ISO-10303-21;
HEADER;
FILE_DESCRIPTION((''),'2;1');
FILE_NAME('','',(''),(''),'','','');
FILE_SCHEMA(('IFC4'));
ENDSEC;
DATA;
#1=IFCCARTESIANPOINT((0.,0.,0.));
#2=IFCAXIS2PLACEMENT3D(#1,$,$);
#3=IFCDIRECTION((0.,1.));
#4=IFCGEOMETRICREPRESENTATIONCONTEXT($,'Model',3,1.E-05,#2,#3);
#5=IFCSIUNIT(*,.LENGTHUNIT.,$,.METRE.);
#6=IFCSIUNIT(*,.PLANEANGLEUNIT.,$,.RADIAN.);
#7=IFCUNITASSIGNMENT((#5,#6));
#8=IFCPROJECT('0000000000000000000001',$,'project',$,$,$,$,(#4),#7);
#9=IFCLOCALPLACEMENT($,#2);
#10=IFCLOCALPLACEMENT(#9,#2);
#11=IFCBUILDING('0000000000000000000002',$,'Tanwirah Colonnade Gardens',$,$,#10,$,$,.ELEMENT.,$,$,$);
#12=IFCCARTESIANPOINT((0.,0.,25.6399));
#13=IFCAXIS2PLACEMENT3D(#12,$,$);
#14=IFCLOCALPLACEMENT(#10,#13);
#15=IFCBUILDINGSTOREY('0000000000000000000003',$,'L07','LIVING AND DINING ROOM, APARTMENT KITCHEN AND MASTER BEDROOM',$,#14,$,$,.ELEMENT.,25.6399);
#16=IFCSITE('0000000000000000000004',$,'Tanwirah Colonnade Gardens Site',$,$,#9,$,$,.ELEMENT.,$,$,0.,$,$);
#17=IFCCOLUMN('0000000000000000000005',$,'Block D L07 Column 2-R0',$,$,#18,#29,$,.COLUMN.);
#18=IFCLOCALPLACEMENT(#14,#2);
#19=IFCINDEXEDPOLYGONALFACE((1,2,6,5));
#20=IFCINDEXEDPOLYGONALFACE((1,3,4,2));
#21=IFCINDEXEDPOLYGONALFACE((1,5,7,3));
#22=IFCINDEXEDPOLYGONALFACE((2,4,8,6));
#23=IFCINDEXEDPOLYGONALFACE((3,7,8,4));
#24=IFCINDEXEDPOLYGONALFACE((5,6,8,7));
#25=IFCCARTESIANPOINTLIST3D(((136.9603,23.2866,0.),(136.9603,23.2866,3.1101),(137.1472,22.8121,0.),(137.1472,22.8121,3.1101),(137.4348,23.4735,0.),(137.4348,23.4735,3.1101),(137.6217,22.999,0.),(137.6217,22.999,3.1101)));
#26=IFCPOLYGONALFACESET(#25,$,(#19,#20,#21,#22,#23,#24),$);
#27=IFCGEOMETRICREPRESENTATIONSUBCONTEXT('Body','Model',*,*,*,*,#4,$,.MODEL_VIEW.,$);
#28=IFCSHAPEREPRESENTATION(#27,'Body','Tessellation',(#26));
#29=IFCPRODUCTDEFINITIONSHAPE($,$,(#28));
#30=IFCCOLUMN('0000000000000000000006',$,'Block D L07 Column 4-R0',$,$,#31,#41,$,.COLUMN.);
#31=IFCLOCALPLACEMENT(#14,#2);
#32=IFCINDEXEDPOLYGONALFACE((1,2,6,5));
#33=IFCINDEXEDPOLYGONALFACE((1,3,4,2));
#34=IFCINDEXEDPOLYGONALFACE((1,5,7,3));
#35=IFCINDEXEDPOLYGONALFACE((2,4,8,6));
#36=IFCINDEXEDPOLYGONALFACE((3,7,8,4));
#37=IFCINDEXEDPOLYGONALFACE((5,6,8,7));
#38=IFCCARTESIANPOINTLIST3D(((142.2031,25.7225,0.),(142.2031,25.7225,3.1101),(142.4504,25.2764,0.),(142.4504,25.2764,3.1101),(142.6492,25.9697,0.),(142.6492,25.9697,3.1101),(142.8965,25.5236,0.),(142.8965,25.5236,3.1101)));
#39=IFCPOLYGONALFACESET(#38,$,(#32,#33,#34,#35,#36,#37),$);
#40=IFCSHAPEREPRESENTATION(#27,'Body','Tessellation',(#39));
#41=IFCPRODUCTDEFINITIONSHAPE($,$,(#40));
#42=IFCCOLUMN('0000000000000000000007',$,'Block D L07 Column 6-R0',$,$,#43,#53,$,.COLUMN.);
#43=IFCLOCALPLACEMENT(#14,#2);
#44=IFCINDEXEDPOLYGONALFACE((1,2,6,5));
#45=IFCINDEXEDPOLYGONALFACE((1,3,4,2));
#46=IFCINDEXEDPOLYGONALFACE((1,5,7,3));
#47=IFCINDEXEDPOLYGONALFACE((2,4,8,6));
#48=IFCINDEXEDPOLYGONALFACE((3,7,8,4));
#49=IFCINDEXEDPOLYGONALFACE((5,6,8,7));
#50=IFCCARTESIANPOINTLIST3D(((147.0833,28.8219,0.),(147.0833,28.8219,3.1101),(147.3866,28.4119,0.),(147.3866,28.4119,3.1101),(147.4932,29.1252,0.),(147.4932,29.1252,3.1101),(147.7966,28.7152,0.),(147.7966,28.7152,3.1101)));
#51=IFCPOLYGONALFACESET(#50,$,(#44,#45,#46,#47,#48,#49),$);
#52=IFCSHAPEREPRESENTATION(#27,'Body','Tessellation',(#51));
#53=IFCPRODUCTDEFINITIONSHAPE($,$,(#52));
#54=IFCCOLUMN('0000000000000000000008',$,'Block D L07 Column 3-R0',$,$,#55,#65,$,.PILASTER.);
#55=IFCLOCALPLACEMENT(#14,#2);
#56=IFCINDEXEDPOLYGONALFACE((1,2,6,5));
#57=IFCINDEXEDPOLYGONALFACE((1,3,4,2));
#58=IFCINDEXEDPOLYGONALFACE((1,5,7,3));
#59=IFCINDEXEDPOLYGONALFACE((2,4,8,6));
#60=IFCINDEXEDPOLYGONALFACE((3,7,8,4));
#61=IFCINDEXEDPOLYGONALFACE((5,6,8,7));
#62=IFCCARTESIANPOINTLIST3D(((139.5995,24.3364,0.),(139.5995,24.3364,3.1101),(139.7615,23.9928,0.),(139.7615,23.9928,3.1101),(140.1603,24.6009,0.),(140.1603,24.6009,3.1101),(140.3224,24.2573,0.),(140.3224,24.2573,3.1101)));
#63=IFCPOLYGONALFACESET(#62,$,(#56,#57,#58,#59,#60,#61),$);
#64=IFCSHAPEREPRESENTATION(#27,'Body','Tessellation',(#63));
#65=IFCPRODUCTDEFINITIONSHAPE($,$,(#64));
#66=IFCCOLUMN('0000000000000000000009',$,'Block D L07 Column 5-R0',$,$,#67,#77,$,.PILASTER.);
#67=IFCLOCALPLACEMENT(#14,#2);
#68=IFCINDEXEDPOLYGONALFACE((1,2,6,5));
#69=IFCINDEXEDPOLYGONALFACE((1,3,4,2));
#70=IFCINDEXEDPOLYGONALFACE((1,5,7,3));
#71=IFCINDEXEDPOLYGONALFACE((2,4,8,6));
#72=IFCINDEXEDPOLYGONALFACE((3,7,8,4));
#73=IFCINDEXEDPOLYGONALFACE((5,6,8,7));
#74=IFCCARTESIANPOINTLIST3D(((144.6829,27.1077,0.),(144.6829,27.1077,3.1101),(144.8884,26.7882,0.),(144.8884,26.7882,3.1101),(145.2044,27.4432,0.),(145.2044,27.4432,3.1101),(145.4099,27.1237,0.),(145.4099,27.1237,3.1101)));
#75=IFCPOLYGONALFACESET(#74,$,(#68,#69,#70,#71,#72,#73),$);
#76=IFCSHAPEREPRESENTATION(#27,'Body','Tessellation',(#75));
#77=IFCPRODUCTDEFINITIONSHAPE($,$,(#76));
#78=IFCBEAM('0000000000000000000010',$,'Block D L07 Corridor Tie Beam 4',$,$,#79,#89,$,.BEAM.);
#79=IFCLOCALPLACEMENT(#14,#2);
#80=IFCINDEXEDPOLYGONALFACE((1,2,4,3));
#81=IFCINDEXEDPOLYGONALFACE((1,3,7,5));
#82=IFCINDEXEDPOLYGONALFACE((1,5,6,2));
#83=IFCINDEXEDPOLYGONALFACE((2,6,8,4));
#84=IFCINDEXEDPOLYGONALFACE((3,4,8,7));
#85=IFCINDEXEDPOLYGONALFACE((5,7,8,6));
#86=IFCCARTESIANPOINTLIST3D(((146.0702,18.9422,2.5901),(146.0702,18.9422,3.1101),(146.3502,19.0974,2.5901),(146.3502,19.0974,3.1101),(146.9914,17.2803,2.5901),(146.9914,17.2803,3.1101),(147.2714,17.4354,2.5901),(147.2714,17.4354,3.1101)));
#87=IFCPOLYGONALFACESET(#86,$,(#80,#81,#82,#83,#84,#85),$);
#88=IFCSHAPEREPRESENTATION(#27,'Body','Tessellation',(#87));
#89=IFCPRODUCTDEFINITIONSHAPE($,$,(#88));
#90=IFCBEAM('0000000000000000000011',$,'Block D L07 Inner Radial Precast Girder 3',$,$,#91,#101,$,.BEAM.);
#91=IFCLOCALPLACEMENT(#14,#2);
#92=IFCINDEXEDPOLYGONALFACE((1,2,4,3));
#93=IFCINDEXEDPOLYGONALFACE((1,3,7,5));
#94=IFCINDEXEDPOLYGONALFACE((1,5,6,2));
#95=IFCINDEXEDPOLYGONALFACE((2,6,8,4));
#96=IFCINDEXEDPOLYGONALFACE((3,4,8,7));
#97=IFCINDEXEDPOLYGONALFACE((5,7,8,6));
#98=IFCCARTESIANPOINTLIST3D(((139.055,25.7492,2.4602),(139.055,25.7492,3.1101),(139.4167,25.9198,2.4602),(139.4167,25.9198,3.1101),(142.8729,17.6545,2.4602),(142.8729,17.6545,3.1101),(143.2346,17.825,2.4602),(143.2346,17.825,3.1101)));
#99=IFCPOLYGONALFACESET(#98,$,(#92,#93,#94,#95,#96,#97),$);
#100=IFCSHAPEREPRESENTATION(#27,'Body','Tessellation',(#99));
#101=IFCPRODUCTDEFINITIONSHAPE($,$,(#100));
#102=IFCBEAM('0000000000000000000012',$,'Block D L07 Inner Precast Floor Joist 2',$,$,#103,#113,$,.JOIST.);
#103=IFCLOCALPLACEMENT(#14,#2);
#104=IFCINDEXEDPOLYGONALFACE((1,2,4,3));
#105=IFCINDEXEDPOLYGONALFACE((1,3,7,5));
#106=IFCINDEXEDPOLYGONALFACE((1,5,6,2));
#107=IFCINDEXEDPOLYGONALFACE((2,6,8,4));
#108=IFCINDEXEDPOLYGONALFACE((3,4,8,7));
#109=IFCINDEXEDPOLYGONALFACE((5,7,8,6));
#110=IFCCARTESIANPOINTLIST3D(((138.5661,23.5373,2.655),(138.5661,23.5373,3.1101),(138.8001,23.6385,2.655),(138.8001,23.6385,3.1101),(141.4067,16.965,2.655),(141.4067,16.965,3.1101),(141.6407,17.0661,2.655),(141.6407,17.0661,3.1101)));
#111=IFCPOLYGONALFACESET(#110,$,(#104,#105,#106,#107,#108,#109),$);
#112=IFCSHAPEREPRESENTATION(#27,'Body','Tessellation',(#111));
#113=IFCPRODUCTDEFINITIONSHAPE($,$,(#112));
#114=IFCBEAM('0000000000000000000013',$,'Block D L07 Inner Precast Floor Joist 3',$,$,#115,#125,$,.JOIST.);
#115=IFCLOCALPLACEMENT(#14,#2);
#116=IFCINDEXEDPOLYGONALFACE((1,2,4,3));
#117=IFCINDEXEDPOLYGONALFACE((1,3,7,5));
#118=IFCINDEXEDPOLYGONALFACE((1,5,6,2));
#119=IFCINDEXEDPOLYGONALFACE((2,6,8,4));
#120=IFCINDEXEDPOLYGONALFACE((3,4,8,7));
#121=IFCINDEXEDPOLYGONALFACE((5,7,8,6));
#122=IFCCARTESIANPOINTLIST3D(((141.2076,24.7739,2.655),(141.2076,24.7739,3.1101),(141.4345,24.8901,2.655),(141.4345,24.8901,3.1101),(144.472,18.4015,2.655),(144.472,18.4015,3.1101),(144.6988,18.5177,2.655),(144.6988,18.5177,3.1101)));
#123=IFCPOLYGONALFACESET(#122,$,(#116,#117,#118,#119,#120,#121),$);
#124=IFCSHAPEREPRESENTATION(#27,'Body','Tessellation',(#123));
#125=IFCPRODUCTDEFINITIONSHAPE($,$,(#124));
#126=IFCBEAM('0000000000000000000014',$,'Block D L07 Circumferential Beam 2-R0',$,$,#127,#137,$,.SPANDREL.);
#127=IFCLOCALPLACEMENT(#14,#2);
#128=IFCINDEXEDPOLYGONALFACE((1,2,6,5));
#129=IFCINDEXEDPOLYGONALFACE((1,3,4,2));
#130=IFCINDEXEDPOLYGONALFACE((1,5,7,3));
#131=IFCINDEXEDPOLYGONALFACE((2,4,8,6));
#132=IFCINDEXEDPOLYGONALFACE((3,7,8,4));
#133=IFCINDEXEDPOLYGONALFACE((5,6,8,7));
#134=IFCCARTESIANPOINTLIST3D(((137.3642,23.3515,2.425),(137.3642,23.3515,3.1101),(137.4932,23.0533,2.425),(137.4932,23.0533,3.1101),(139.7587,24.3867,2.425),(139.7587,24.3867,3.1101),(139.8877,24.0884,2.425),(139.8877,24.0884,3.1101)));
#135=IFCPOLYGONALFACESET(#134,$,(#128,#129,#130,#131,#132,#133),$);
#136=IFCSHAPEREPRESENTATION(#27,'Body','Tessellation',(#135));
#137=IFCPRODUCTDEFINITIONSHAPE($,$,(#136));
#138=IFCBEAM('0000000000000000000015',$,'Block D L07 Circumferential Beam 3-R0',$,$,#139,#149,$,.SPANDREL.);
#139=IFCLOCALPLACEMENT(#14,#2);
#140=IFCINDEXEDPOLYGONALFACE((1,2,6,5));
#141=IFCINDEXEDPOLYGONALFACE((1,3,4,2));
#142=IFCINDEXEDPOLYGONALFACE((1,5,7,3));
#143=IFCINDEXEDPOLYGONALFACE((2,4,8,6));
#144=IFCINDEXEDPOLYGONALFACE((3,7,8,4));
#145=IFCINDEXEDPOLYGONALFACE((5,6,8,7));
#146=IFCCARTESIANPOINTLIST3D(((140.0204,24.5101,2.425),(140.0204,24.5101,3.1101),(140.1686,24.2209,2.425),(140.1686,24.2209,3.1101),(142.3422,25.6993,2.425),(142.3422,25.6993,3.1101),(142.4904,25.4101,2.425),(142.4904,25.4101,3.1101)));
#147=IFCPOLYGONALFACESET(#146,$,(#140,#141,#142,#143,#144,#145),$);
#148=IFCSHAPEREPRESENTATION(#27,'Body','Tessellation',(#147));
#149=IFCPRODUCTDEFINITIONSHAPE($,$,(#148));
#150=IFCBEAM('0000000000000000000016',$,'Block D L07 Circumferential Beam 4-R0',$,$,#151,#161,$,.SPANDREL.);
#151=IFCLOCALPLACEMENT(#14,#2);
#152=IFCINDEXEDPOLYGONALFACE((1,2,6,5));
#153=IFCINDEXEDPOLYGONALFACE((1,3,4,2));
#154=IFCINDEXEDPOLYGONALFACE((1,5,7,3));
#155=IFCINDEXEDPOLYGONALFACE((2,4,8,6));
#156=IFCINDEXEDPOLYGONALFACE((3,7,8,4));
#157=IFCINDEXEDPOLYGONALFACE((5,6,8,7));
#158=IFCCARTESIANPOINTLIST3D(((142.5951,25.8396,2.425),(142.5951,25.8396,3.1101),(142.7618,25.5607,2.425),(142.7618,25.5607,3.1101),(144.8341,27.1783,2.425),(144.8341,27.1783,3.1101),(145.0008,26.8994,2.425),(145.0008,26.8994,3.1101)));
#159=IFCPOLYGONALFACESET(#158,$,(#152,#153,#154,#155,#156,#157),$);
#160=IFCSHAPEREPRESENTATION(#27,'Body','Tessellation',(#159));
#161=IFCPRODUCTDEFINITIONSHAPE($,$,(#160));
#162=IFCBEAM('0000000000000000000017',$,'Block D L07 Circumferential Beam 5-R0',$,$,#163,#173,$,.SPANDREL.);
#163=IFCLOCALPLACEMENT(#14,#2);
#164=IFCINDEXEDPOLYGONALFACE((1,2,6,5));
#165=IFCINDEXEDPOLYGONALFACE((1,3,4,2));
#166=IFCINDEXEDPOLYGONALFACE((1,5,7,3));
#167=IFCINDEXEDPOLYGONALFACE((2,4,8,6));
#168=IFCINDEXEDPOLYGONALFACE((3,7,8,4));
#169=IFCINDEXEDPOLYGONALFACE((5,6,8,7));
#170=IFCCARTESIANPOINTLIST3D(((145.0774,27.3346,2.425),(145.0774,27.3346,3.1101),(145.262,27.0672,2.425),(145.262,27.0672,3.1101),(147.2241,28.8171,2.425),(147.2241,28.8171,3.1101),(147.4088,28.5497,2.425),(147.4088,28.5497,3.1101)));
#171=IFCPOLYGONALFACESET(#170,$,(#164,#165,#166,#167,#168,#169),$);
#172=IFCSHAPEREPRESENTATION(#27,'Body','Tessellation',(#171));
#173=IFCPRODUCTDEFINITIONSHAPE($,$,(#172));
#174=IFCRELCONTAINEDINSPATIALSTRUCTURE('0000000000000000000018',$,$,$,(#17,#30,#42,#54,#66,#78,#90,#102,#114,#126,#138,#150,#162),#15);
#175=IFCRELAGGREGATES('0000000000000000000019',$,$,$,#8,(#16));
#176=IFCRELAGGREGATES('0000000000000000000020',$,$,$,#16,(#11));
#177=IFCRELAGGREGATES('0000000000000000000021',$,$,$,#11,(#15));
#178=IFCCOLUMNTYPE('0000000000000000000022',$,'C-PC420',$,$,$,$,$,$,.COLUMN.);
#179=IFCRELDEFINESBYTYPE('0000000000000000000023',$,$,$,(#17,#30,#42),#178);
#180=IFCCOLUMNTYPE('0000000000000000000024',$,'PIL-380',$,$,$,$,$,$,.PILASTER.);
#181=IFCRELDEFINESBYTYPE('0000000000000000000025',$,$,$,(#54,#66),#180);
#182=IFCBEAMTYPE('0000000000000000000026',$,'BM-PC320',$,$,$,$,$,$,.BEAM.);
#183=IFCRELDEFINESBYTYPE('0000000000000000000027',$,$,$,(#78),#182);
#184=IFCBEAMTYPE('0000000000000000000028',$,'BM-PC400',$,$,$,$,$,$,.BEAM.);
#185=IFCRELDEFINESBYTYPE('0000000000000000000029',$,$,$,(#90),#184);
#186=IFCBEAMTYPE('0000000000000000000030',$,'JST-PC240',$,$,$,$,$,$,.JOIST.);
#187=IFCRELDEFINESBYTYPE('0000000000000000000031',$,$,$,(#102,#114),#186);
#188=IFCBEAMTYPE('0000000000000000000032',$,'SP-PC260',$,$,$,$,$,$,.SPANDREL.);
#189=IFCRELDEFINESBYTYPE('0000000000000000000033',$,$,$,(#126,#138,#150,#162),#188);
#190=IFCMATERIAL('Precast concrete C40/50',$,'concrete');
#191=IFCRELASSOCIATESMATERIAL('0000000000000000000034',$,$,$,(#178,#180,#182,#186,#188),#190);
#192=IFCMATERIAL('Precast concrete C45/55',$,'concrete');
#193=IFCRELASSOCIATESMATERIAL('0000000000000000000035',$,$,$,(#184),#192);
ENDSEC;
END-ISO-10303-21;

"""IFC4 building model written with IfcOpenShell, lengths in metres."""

from ifc_helpers import new_model, si_unit, direction, frame, origin, origin_2d, place, context, subcontext, project, spatial, rectangle, extrude, material, material_profile, profile_set, type_object, element, save


model = new_model("IFC4")

# Units and contexts
model_context = context("Model", 3, precision=1e-05, world=origin(), true_north=direction((0.0, 1.0)))
body_context = subcontext(model_context, "Body", "Model", "MODEL_VIEW")
ifc_project = project(units=[si_unit("LENGTHUNIT", "METRE"), si_unit("PLANEANGLEUNIT", "RADIAN")], contexts=[model_context])

# Site, building, storey
site_placement = place(None, origin())
site = spatial("IfcSite", under=ifc_project, at=site_placement, Name="Tanwirah Colonnade Gardens Site", CompositionType="ELEMENT", RefElevation=0.0)
building_placement = place(site_placement, origin())
building = spatial("IfcBuilding", under=site, at=building_placement, Name="Tanwirah Colonnade Gardens", CompositionType="ELEMENT")
storey_placement = place(building_placement, frame((0.0, 0.0, 25.6399)))
storey = spatial("IfcBuildingStorey", under=building, at=storey_placement, Name="L07", Description="LIVING AND DINING ROOM, APARTMENT KITCHEN AND MASTER BEDROOM", CompositionType="ELEMENT", Elevation=25.6399)

# Columns
ifc_material_1 = material(Name="Precast concrete C40/50", Category="concrete")
ifc_material_profile_1 = material_profile(ifc_material_1, rectangle(XDim=0.51, YDim=0.51, at=origin_2d()), Name="PC-COL 510x510")
ifc_profile_set_1 = profile_set([ifc_material_profile_1], Name="Precast concrete C40/50")
column_type_1 = type_object("IfcColumnType", Name="C-PC420", PredefinedType="COLUMN", material=ifc_profile_set_1)
for number, where, z_axis, x_axis, name in (
    (1, (137.291, 23.1428, 0.0), (0.0, 0.0, 1.0), (0.366501, -0.930418, 0.0), "Block D L07 Column 2-R0"),
    (2, (142.5498, 25.623, 0.0), (0.0, 0.0, 1.0), (0.48481, -0.87462, 0.0), "Block D L07 Column 4-R0"),
    (3, (147.4399, 28.7686, 0.0), (0.0, 0.0, 1.0), (0.594823, -0.803857, 0.0), "Block D L07 Column 6-R0"),
):
    element("IfcColumn", number, at=place(storey_placement, frame(where, z_axis=z_axis, x_axis=x_axis)), inside=storey, type_object=column_type_1, Name=name, PredefinedType="COLUMN", context=body_context, shape_type="SweptSolid", body=[
        extrude(rectangle(XDim=0.51, YDim=0.51, at=origin_2d()), origin(), (0.0, 0.0, 1.0), 3.1101),
    ])
ifc_material_profile_2 = material_profile(ifc_material_1, rectangle(XDim=0.3799, YDim=0.6201, at=origin_2d()), Name="PC-PIL 380x620")
ifc_profile_set_2 = profile_set([ifc_material_profile_2], Name="Precast concrete C40/50")
column_type_2 = type_object("IfcColumnType", Name="PIL-380", PredefinedType="PILASTER", material=ifc_profile_set_2)
for number, where, z_axis, x_axis, name in (
    (4, (139.9609, 24.2969, 0.0), (0.0, 0.0, 1.0), (0.426569, -0.904455, 0.0), "Block D L07 Column 3-R0"),
    (5, (145.0464, 27.1157, 0.0), (0.0, 0.0, 1.0), (0.540974, -0.841039, 0.0), "Block D L07 Column 5-R0"),
):
    element("IfcColumn", number, at=place(storey_placement, frame(where, z_axis=z_axis, x_axis=x_axis)), inside=storey, type_object=column_type_2, Name=name, PredefinedType="PILASTER", context=body_context, shape_type="SweptSolid", body=[
        extrude(rectangle(XDim=0.3799, YDim=0.6201, at=origin_2d()), origin(), (0.0, 0.0, 1.0), 3.1101),
    ])

# Beams
ifc_material_profile_3 = material_profile(ifc_material_1, rectangle(XDim=0.3201, YDim=0.52, at=origin_2d()), Name="PC-BM 320x520")
ifc_profile_set_3 = profile_set([ifc_material_profile_3], Name="Precast concrete C40/50")
beam_type_1 = type_object("IfcBeamType", Name="BM-PC320", PredefinedType="BEAM", material=ifc_profile_set_3)
beam_1_placement = place(storey_placement, frame((146.2102, 19.0198, 2.8501), z_axis=(0.484792, -0.87463, 0.0), x_axis=(0.87463, 0.484792, 0.0)))
element("IfcBeam", 6, at=beam_1_placement, inside=storey, type_object=beam_type_1, Name="Block D L07 Corridor Tie Beam 4", PredefinedType="BEAM", context=body_context, shape_type="SweptSolid", body=[
    extrude(rectangle(XDim=0.3201, YDim=0.52, at=origin_2d()), origin(), (0.0, 0.0, 1.0), 1.9001),
])
ifc_material_2 = material(Name="Precast concrete C45/55", Category="concrete")
ifc_material_profile_4 = material_profile(ifc_material_2, rectangle(XDim=0.3999, YDim=0.6499, at=origin_2d()), Name="PC-BM 400x650")
ifc_profile_set_4 = profile_set([ifc_material_profile_4], Name="Precast concrete C45/55")
beam_type_2 = type_object("IfcBeamType", Name="BM-PC400", PredefinedType="BEAM", material=ifc_profile_set_4)
beam_2_placement = place(storey_placement, frame((143.0537, 17.7397, 2.7852), z_axis=(-0.426582, 0.904449, 0.0), x_axis=(-0.904449, -0.426582, 0.0)))
element("IfcBeam", 7, at=beam_2_placement, inside=storey, type_object=beam_type_2, Name="Block D L07 Inner Radial Precast Girder 3", PredefinedType="BEAM", context=body_context, shape_type="SweptSolid", body=[
    extrude(rectangle(XDim=0.3999, YDim=0.6499, at=origin_2d()), origin(), (0.0, 0.0, 1.0), 8.95),
])
ifc_material_profile_5 = material_profile(ifc_material_1, rectangle(XDim=0.2549, YDim=0.4551, at=origin_2d()), Name="PC-JST 255x455")
ifc_profile_set_5 = profile_set([ifc_material_profile_5], Name="Precast concrete C40/50")
beam_type_3 = type_object("IfcBeamType", Name="JST-PC240", PredefinedType="JOIST", material=ifc_profile_set_5)
for number, where, z_axis, x_axis, name in (
    (8, (138.6831, 23.5879, 2.8826), (0.396736, -0.917933, 0.0), (0.917933, 0.396736, 0.0), "Block D L07 Inner Precast Floor Joist 2"),
    (9, (141.321, 24.832, 2.8826), (0.455921, -0.89002, 0.0), (0.89002, 0.455921, 0.0), "Block D L07 Inner Precast Floor Joist 3"),
):
    element("IfcBeam", number, at=place(storey_placement, frame(where, z_axis=z_axis, x_axis=x_axis)), inside=storey, type_object=beam_type_3, Name=name, PredefinedType="JOIST", context=body_context, shape_type="SweptSolid", body=[
        extrude(rectangle(XDim=0.2549, YDim=0.4551, at=origin_2d()), origin(), (0.0, 0.0, 1.0), 7.1599),
    ])
ifc_material_profile_6 = material_profile(ifc_material_1, rectangle(XDim=0.325, YDim=0.6851, at=origin_2d()), Name="PC-SP 325x685")
ifc_profile_set_6 = profile_set([ifc_material_profile_6], Name="Precast concrete C40/50")
beam_type_4 = type_object("IfcBeamType", Name="SP-PC260", PredefinedType="SPANDREL", material=ifc_profile_set_6)
for number, where, z_axis, x_axis, name in (
    (10, (137.4287, 23.2024, 2.7676), (0.917901, 0.396809, 0.0), (-0.396809, 0.917901, 0.0), "Block D L07 Circumferential Beam 2-R0"),
    (11, (140.0945, 24.3655, 2.7676), (0.890042, 0.455878, 0.0), (-0.455878, 0.890042, 0.0), "Block D L07 Circumferential Beam 3-R0"),
    (12, (142.6785, 25.7002, 2.7676), (0.858301, 0.513146, 0.0), (-0.513146, 0.858301, 0.0), "Block D L07 Circumferential Beam 4-R0"),
):
    element("IfcBeam", number, at=place(storey_placement, frame(where, z_axis=z_axis, x_axis=x_axis)), inside=storey, type_object=beam_type_4, Name=name, PredefinedType="SPANDREL", context=body_context, shape_type="SweptSolid", body=[
        extrude(rectangle(XDim=0.325, YDim=0.6851, at=origin_2d()), origin(), (0.0, 0.0, 1.0), 2.6086),
    ])
beam_3_placement = place(storey_placement, frame((145.1697, 27.2009, 2.7676), z_axis=(0.822869, 0.568231, 0.0), x_axis=(-0.568231, 0.822869, 0.0)))
element("IfcBeam", 13, at=beam_3_placement, inside=storey, type_object=beam_type_4, Name="Block D L07 Circumferential Beam 5-R0", PredefinedType="SPANDREL", context=body_context, shape_type="SweptSolid", body=[
    extrude(rectangle(XDim=0.325, YDim=0.6851, at=origin_2d()), origin(), (0.0, 0.0, 1.0), 2.6089),
])

save(model, "model.ifc")
